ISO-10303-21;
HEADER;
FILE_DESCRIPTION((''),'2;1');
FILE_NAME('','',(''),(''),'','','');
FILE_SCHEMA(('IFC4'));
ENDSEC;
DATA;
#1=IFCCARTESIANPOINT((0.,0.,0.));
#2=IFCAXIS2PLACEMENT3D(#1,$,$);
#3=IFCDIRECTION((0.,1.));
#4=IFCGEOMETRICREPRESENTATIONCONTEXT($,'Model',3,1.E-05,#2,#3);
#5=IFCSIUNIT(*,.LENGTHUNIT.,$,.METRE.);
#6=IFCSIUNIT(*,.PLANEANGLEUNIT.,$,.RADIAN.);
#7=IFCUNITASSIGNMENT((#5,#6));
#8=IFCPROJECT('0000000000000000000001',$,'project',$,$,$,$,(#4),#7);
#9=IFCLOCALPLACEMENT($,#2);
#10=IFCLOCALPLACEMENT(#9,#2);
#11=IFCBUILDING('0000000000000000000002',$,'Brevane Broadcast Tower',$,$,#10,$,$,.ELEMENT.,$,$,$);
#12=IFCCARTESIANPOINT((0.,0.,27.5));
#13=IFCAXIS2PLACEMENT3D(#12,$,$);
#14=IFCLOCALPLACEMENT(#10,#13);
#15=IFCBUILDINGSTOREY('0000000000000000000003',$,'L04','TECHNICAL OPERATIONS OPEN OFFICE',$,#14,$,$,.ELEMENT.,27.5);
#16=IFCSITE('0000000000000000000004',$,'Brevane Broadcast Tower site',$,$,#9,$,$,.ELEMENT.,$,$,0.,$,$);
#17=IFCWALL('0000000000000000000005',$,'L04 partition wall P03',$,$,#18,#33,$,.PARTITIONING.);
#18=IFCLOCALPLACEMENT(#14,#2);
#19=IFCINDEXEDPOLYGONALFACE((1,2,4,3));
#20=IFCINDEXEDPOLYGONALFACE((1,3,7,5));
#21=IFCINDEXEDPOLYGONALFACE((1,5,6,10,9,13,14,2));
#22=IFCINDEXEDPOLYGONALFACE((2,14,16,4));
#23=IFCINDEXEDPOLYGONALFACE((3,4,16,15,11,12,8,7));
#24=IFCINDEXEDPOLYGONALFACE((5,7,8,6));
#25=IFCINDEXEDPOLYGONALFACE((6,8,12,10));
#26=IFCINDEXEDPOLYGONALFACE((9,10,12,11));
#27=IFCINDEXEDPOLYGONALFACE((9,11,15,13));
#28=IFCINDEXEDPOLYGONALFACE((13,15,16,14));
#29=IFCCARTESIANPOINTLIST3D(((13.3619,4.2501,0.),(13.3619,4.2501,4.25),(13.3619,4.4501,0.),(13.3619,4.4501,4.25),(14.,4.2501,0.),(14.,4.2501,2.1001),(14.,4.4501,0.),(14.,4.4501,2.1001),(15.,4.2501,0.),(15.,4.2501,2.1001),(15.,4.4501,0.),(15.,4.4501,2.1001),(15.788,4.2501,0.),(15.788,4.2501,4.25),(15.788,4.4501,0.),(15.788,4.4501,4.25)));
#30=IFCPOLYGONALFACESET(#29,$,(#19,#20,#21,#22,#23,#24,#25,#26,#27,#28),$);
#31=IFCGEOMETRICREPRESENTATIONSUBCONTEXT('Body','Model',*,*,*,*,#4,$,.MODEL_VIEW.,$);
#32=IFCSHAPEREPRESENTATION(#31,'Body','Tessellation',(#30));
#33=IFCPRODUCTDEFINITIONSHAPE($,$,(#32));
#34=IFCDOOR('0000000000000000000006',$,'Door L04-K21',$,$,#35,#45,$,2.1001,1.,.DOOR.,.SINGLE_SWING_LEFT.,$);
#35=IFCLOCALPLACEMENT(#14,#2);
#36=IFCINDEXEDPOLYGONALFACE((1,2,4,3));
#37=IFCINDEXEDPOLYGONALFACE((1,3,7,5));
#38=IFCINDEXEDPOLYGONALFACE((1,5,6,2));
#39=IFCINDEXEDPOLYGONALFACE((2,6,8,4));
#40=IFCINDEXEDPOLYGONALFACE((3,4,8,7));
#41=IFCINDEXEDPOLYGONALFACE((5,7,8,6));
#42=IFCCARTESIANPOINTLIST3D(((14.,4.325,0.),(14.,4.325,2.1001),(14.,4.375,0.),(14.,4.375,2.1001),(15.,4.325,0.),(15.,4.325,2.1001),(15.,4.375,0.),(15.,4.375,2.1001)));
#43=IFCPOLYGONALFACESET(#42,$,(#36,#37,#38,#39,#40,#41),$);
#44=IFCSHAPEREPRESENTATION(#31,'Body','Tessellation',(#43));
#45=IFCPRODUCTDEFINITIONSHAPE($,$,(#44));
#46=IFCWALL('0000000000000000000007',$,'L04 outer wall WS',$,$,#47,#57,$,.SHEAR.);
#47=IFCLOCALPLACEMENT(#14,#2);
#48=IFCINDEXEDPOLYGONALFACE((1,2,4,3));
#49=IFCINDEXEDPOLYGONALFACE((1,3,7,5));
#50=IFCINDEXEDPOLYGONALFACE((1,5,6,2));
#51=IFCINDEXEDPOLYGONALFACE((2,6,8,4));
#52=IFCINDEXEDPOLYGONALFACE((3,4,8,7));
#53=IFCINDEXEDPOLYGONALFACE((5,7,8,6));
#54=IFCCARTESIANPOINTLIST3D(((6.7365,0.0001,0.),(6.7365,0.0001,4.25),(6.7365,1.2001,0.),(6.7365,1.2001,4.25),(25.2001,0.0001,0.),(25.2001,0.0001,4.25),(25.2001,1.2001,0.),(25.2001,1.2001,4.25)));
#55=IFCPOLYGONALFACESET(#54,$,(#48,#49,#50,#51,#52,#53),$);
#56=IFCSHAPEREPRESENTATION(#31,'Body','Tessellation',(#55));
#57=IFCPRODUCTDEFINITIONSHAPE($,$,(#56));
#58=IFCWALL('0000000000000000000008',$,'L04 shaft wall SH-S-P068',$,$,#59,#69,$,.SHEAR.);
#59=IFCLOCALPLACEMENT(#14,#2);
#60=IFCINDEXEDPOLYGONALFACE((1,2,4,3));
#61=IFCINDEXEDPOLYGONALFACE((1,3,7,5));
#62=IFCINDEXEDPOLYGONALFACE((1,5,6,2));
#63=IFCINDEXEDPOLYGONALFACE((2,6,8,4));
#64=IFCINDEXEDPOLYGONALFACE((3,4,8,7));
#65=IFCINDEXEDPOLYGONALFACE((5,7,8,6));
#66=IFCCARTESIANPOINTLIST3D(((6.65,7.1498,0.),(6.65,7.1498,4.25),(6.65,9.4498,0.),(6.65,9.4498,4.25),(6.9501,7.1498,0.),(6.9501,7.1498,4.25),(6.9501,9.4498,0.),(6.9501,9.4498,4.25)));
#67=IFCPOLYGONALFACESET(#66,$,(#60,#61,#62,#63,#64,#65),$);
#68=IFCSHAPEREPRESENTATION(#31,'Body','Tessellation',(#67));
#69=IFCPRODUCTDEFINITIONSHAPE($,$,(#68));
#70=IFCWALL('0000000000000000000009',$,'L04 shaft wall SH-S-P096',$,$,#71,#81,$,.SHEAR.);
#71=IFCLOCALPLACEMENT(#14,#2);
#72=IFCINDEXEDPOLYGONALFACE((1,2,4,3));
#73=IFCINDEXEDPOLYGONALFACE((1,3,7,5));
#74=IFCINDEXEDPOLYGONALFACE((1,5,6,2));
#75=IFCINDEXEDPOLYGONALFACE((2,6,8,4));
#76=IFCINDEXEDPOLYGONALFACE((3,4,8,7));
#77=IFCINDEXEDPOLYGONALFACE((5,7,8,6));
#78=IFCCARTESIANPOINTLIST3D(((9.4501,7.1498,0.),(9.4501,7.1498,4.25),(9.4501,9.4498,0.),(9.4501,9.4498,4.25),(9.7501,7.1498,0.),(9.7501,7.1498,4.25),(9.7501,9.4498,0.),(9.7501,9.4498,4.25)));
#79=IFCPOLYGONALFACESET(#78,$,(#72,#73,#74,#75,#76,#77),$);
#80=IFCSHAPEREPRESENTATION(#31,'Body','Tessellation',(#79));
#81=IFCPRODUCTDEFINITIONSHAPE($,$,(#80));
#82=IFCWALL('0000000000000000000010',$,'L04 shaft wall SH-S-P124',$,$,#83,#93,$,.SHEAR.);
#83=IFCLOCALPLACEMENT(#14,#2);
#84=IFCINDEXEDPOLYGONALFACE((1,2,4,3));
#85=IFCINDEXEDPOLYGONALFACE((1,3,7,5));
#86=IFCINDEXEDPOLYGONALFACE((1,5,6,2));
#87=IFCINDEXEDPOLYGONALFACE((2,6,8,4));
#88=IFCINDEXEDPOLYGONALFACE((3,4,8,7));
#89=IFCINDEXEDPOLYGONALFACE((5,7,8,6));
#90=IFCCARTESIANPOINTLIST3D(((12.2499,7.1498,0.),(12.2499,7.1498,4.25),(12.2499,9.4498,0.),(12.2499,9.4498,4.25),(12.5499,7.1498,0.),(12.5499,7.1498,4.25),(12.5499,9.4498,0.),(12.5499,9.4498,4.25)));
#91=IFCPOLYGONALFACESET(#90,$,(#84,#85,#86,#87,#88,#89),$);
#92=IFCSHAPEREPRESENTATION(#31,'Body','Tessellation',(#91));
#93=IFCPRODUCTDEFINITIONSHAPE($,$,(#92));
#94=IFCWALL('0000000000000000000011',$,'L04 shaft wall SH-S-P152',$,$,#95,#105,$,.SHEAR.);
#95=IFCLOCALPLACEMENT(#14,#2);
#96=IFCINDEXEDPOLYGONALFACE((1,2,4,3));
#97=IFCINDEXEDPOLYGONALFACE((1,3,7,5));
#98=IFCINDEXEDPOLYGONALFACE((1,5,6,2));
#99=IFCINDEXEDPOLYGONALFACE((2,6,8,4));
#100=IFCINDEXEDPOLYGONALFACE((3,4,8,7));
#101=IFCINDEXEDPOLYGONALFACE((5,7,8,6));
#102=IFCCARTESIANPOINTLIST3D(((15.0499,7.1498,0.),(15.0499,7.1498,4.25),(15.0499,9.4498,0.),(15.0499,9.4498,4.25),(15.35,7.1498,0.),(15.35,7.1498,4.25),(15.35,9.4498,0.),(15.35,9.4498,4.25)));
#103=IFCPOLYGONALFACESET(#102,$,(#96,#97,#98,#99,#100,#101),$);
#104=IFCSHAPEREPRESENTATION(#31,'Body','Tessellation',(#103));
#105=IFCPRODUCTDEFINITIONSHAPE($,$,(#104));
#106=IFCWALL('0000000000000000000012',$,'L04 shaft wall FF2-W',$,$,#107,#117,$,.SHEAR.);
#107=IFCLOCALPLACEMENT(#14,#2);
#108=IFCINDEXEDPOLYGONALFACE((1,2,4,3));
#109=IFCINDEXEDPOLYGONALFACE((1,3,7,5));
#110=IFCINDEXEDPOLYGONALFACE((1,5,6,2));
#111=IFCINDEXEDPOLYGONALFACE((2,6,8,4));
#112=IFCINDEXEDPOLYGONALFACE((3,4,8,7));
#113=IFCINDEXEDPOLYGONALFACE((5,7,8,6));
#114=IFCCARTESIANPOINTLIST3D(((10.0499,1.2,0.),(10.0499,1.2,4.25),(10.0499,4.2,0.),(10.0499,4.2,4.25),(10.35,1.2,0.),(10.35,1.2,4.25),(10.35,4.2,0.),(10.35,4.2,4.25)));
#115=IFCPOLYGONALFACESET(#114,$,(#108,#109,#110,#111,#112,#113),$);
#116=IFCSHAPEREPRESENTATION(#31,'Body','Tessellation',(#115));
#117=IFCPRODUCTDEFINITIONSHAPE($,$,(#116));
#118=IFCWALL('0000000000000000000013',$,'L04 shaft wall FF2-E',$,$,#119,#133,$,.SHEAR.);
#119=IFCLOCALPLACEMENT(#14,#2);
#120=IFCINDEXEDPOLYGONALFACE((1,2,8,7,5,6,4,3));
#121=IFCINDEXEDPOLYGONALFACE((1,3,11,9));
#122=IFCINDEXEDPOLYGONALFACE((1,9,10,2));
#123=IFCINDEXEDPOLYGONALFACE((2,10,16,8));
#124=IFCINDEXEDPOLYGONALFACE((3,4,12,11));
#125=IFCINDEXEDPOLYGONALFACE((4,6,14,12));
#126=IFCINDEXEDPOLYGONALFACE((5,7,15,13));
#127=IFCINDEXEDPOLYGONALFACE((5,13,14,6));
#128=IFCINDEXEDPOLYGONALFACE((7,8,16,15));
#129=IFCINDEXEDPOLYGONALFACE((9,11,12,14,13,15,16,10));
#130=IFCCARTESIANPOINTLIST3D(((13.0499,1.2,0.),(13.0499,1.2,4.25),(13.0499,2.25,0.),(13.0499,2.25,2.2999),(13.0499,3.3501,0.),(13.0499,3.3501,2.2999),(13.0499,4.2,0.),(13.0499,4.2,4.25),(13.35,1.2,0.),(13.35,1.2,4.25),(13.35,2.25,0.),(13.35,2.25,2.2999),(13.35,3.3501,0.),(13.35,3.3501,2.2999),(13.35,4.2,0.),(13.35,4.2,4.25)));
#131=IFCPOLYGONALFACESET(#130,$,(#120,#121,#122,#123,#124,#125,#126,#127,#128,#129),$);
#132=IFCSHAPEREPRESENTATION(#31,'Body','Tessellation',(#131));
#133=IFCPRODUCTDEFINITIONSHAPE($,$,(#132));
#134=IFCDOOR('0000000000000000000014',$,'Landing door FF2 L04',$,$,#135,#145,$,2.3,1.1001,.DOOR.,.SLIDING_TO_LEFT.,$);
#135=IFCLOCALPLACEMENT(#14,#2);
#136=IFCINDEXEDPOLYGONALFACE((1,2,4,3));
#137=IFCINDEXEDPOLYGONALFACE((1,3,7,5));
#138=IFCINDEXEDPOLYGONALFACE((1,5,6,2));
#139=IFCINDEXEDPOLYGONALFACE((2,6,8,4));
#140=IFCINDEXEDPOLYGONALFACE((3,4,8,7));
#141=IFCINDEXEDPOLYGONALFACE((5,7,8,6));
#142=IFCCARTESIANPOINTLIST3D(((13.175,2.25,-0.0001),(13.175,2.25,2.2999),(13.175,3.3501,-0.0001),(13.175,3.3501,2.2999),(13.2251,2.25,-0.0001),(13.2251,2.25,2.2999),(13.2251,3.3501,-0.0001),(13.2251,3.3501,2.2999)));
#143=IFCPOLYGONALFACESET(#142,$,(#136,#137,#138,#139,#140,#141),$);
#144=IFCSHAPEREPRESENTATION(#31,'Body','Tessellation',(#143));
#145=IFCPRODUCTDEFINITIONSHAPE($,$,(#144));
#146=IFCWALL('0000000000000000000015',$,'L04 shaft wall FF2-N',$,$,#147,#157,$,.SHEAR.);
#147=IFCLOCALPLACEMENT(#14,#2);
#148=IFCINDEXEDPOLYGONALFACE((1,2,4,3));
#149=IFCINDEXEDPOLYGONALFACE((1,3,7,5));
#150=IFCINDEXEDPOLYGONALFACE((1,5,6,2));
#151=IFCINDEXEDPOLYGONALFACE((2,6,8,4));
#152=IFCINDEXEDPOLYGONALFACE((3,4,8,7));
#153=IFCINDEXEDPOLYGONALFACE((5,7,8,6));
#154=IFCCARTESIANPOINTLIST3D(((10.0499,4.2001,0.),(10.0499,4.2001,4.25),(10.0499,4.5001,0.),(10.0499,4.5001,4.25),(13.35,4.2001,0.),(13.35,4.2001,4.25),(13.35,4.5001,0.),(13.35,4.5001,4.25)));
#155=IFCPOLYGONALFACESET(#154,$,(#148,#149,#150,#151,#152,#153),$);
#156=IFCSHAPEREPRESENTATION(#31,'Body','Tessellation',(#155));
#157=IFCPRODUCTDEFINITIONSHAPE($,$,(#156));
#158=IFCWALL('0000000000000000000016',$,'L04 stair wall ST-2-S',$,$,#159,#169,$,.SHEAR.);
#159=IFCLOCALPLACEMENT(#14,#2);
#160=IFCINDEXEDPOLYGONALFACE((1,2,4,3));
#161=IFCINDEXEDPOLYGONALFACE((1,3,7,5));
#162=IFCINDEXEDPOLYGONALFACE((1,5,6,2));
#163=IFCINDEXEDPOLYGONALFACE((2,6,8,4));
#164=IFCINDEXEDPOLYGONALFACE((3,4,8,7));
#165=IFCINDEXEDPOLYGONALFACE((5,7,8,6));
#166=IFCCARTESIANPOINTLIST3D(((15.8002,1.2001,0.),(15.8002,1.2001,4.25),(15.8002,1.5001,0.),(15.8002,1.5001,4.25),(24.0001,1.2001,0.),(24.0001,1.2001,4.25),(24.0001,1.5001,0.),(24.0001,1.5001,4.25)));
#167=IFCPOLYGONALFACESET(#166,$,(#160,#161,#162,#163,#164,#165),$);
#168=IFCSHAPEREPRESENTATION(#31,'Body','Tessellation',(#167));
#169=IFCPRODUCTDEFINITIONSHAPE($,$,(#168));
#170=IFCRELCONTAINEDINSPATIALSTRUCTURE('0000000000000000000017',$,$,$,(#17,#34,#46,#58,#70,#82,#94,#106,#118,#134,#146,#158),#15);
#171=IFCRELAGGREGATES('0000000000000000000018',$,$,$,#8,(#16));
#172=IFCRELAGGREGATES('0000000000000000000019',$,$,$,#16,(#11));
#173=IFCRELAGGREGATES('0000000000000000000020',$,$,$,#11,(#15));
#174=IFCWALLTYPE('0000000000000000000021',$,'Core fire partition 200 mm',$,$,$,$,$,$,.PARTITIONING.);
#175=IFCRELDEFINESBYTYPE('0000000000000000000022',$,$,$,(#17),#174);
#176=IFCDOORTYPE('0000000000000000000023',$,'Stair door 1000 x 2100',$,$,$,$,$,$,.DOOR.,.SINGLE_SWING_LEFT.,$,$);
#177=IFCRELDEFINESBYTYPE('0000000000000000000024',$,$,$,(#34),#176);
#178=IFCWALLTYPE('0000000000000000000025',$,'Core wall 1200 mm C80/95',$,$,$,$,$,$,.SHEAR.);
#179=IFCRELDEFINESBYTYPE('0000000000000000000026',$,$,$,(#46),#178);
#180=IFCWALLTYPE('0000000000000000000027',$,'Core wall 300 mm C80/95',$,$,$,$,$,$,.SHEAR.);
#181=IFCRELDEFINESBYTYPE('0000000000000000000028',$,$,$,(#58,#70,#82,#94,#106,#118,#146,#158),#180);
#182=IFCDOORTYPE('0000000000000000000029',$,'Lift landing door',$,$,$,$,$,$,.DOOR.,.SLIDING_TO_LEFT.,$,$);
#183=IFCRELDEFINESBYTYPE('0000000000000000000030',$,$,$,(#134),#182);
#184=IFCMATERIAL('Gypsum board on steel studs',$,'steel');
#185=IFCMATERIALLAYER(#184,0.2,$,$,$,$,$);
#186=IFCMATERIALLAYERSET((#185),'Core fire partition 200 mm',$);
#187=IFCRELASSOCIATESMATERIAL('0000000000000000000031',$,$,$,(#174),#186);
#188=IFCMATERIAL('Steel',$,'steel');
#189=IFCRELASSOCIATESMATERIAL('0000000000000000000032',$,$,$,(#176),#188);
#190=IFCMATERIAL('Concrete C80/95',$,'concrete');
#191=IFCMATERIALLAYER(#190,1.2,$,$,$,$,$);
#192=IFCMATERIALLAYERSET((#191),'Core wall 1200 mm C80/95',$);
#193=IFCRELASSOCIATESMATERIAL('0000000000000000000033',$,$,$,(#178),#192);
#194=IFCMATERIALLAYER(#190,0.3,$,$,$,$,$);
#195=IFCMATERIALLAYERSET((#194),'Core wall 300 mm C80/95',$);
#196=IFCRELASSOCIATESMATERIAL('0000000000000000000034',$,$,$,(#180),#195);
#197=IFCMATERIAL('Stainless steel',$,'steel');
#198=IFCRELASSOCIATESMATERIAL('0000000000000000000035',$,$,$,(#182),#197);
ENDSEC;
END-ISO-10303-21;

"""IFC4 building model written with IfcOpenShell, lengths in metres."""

from ifc_helpers import new_model, si_unit, direction, frame, frame_2d, origin, place, context, subcontext, project, spatial, rectangle, extrude, material, layer, layer_set, type_object, element, fill, save


model = new_model("IFC4")

# Units and contexts
model_context = context("Model", 3, precision=1e-05, world=origin(), true_north=direction((0.0, 1.0)))
body_context = subcontext(model_context, "Body", "Model", "MODEL_VIEW")
ifc_project = project(units=[si_unit("LENGTHUNIT", "METRE"), si_unit("PLANEANGLEUNIT", "RADIAN")], contexts=[model_context])

# Site, building, storey
site_placement = place(None, origin())
site = spatial("IfcSite", under=ifc_project, at=site_placement, Name="Brevane Broadcast Tower site", CompositionType="ELEMENT", RefElevation=0.0)
building_placement = place(site_placement, origin())
building = spatial("IfcBuilding", under=site, at=building_placement, Name="Brevane Broadcast Tower", CompositionType="ELEMENT")
storey_placement = place(building_placement, frame((0.0, 0.0, 27.5)))
storey = spatial("IfcBuildingStorey", under=building, at=storey_placement, Name="L04", Description="TECHNICAL OPERATIONS OPEN OFFICE", CompositionType="ELEMENT", Elevation=27.5)

# Shared definitions
ifc_material_1 = material(Name="Gypsum board on steel studs", Category="steel")

# Wall, opening, door
ifc_layer_1 = layer(ifc_material_1, 0.2)
ifc_layer_set_1 = layer_set([ifc_layer_1], Name="Core fire partition 200 mm")
wall_type_1 = type_object("IfcWallType", Name="Core fire partition 200 mm", PredefinedType="PARTITIONING", material=ifc_layer_set_1)
wall_1_placement = place(storey_placement, frame((13.3621, 4.3501, 0.0), z_axis=(0.0, 0.0, 1.0), x_axis=(1.0, 0.0, 0.0)))
wall_1 = element("IfcWall", 1, at=wall_1_placement, inside=storey, type_object=wall_type_1, Name="L04 partition wall P03", PredefinedType="PARTITIONING", context=body_context, shape_type="SweptSolid", body=[
    extrude(rectangle(XDim=2.426, YDim=0.2, at=frame_2d((1.2129, 0.0))), origin(), (0.0, 0.0, 1.0), 4.25),
])
opening_1_placement = place(wall_1_placement, frame((0.6379, 0.0, 0.0)))
opening_1 = element("IfcOpeningElement", 2, at=opening_1_placement, cuts=wall_1, PredefinedType="OPENING", context=body_context, shape_type="SweptSolid", body=[
    extrude(rectangle(XDim=1.0, YDim=2.1001, at=frame_2d((0.5, 1.05))), frame((0.0, 0.1099, 0.0), z_axis=(0.0, -1.0, 0.0), x_axis=(1.0, 0.0, 0.0)), (0.0, 0.0, 1.0), 0.22),
])
ifc_material_2 = material(Name="Steel", Category="steel")
door_type_1 = type_object("IfcDoorType", Name="Stair door 1000 x 2100", OperationType="SINGLE_SWING_LEFT", PredefinedType="DOOR", material=ifc_material_2)
door_1_placement = place(opening_1_placement, origin())
door_1 = element("IfcDoor", 3, at=door_1_placement, inside=storey, type_object=door_type_1, Name="Door L04-K21", OperationType="SINGLE_SWING_LEFT", OverallHeight=2.1001, OverallWidth=1.0, PredefinedType="DOOR", context=body_context, shape_type="SweptSolid", body=[
    extrude(rectangle(XDim=1.0, YDim=2.1001, at=frame_2d((0.5, 1.05))), frame((0.0, 0.0249, 0.0), z_axis=(0.0, -1.0, 0.0), x_axis=(1.0, 0.0, 0.0)), (0.0, 0.0, 1.0), 0.05),
])
fill(opening_1, door_1)

# Walls
ifc_material_3 = material(Name="Concrete C80/95", Category="concrete")
ifc_layer_2 = layer(ifc_material_3, 1.2)
ifc_layer_set_2 = layer_set([ifc_layer_2], Name="Core wall 1200 mm C80/95")
wall_type_2 = type_object("IfcWallType", Name="Core wall 1200 mm C80/95", PredefinedType="SHEAR", material=ifc_layer_set_2)
wall_2_placement = place(storey_placement, frame((6.7363, 0.6001, 0.0), z_axis=(0.0, 0.0, 1.0), x_axis=(1.0, 0.0, 0.0)))
element("IfcWall", 4, at=wall_2_placement, inside=storey, type_object=wall_type_2, Name="L04 outer wall WS", PredefinedType="SHEAR", context=body_context, shape_type="SweptSolid", body=[
    extrude(rectangle(XDim=18.4636, YDim=1.2, at=frame_2d((9.2319, 0.0))), origin(), (0.0, 0.0, 1.0), 4.25),
])
ifc_layer_3 = layer(ifc_material_3, 0.3)
ifc_layer_set_3 = layer_set([ifc_layer_3], Name="Core wall 300 mm C80/95")
wall_type_3 = type_object("IfcWallType", Name="Core wall 300 mm C80/95", PredefinedType="SHEAR", material=ifc_layer_set_3)
for number, where, z_axis, x_axis, name in (
    (5, (6.8, 7.1499, 0.0), (0.0, 0.0, 1.0), (0.0, 1.0, 0.0), "L04 shaft wall SH-S-P068"),
    (6, (9.6001, 7.1499, 0.0), (0.0, 0.0, 1.0), (0.0, 1.0, 0.0), "L04 shaft wall SH-S-P096"),
    (7, (12.3999, 7.1499, 0.0), (0.0, 0.0, 1.0), (0.0, 1.0, 0.0), "L04 shaft wall SH-S-P124"),
    (8, (15.2, 7.1499, 0.0), (0.0, 0.0, 1.0), (0.0, 1.0, 0.0), "L04 shaft wall SH-S-P152"),
):
    element("IfcWall", number, at=place(storey_placement, frame(where, z_axis=z_axis, x_axis=x_axis)), inside=storey, type_object=wall_type_3, Name=name, PredefinedType="SHEAR", context=body_context, shape_type="SweptSolid", body=[
        extrude(rectangle(XDim=2.3, YDim=0.3, at=frame_2d((1.1499, 0.0))), origin(), (0.0, 0.0, 1.0), 4.25),
    ])
wall_3_placement = place(storey_placement, frame((10.2, 1.2, 0.0), z_axis=(0.0, 0.0, 1.0), x_axis=(0.0, 1.0, 0.0)))
element("IfcWall", 9, at=wall_3_placement, inside=storey, type_object=wall_type_3, Name="L04 shaft wall FF2-W", PredefinedType="SHEAR", context=body_context, shape_type="SweptSolid", body=[
    extrude(rectangle(XDim=3.0, YDim=0.3, at=frame_2d((1.5, 0.0))), origin(), (0.0, 0.0, 1.0), 4.25),
])

# Wall, opening, door
wall_4_placement = place(storey_placement, frame((13.2, 1.2, 0.0), z_axis=(0.0, 0.0, 1.0), x_axis=(0.0, 1.0, 0.0)))
wall_4 = element("IfcWall", 10, at=wall_4_placement, inside=storey, type_object=wall_type_3, Name="L04 shaft wall FF2-E", PredefinedType="SHEAR", context=body_context, shape_type="SweptSolid", body=[
    extrude(rectangle(XDim=3.0, YDim=0.3, at=frame_2d((1.5, 0.0))), origin(), (0.0, 0.0, 1.0), 4.25),
])
opening_2_placement = place(wall_4_placement, frame((1.05, 0.0, 0.0)))
opening_2 = element("IfcOpeningElement", 11, at=opening_2_placement, cuts=wall_4, PredefinedType="OPENING", context=body_context, shape_type="SweptSolid", body=[
    extrude(rectangle(XDim=1.1001, YDim=2.3, at=frame_2d((0.55, 1.1499))), frame((0.0, 0.1599, 0.0), z_axis=(0.0, -1.0, 0.0), x_axis=(1.0, 0.0, 0.0)), (0.0, 0.0, 1.0), 0.3201),
])
ifc_material_4 = material(Name="Stainless steel", Category="steel")
door_type_2 = type_object("IfcDoorType", Name="Lift landing door", OperationType="SLIDING_TO_LEFT", PredefinedType="DOOR", material=ifc_material_4)
door_2_placement = place(opening_2_placement, origin())
door_2 = element("IfcDoor", 12, at=door_2_placement, inside=storey, type_object=door_type_2, Name="Landing door FF2 L04", OperationType="SLIDING_TO_LEFT", OverallHeight=2.3, OverallWidth=1.1001, PredefinedType="DOOR", context=body_context, shape_type="SweptSolid", body=[
    extrude(rectangle(XDim=1.1001, YDim=2.3, at=frame_2d((0.55, 1.1499))), frame((0.0, 0.0249, 0.0), z_axis=(0.0, -1.0, 0.0), x_axis=(1.0, 0.0, 0.0)), (0.0, 0.0, 1.0), 0.05),
])
fill(opening_2, door_2)

# Walls
wall_5_placement = place(storey_placement, frame((10.05, 4.3501, 0.0), z_axis=(0.0, 0.0, 1.0), x_axis=(1.0, 0.0, 0.0)))
element("IfcWall", 13, at=wall_5_placement, inside=storey, type_object=wall_type_3, Name="L04 shaft wall FF2-N", PredefinedType="SHEAR", context=body_context, shape_type="SweptSolid", body=[
    extrude(rectangle(XDim=3.3, YDim=0.3, at=frame_2d((1.6499, 0.0))), origin(), (0.0, 0.0, 1.0), 4.25),
])
wall_6_placement = place(storey_placement, frame((15.8, 1.3501, 0.0), z_axis=(0.0, 0.0, 1.0), x_axis=(1.0, 0.0, 0.0)))
element("IfcWall", 14, at=wall_6_placement, inside=storey, type_object=wall_type_3, Name="L04 stair wall ST-2-S", PredefinedType="SHEAR", context=body_context, shape_type="SweptSolid", body=[
    extrude(rectangle(XDim=8.2, YDim=0.3, at=frame_2d((4.1001, 0.0))), origin(), (0.0, 0.0, 1.0), 4.25),
])

save(model, "model.ifc")
